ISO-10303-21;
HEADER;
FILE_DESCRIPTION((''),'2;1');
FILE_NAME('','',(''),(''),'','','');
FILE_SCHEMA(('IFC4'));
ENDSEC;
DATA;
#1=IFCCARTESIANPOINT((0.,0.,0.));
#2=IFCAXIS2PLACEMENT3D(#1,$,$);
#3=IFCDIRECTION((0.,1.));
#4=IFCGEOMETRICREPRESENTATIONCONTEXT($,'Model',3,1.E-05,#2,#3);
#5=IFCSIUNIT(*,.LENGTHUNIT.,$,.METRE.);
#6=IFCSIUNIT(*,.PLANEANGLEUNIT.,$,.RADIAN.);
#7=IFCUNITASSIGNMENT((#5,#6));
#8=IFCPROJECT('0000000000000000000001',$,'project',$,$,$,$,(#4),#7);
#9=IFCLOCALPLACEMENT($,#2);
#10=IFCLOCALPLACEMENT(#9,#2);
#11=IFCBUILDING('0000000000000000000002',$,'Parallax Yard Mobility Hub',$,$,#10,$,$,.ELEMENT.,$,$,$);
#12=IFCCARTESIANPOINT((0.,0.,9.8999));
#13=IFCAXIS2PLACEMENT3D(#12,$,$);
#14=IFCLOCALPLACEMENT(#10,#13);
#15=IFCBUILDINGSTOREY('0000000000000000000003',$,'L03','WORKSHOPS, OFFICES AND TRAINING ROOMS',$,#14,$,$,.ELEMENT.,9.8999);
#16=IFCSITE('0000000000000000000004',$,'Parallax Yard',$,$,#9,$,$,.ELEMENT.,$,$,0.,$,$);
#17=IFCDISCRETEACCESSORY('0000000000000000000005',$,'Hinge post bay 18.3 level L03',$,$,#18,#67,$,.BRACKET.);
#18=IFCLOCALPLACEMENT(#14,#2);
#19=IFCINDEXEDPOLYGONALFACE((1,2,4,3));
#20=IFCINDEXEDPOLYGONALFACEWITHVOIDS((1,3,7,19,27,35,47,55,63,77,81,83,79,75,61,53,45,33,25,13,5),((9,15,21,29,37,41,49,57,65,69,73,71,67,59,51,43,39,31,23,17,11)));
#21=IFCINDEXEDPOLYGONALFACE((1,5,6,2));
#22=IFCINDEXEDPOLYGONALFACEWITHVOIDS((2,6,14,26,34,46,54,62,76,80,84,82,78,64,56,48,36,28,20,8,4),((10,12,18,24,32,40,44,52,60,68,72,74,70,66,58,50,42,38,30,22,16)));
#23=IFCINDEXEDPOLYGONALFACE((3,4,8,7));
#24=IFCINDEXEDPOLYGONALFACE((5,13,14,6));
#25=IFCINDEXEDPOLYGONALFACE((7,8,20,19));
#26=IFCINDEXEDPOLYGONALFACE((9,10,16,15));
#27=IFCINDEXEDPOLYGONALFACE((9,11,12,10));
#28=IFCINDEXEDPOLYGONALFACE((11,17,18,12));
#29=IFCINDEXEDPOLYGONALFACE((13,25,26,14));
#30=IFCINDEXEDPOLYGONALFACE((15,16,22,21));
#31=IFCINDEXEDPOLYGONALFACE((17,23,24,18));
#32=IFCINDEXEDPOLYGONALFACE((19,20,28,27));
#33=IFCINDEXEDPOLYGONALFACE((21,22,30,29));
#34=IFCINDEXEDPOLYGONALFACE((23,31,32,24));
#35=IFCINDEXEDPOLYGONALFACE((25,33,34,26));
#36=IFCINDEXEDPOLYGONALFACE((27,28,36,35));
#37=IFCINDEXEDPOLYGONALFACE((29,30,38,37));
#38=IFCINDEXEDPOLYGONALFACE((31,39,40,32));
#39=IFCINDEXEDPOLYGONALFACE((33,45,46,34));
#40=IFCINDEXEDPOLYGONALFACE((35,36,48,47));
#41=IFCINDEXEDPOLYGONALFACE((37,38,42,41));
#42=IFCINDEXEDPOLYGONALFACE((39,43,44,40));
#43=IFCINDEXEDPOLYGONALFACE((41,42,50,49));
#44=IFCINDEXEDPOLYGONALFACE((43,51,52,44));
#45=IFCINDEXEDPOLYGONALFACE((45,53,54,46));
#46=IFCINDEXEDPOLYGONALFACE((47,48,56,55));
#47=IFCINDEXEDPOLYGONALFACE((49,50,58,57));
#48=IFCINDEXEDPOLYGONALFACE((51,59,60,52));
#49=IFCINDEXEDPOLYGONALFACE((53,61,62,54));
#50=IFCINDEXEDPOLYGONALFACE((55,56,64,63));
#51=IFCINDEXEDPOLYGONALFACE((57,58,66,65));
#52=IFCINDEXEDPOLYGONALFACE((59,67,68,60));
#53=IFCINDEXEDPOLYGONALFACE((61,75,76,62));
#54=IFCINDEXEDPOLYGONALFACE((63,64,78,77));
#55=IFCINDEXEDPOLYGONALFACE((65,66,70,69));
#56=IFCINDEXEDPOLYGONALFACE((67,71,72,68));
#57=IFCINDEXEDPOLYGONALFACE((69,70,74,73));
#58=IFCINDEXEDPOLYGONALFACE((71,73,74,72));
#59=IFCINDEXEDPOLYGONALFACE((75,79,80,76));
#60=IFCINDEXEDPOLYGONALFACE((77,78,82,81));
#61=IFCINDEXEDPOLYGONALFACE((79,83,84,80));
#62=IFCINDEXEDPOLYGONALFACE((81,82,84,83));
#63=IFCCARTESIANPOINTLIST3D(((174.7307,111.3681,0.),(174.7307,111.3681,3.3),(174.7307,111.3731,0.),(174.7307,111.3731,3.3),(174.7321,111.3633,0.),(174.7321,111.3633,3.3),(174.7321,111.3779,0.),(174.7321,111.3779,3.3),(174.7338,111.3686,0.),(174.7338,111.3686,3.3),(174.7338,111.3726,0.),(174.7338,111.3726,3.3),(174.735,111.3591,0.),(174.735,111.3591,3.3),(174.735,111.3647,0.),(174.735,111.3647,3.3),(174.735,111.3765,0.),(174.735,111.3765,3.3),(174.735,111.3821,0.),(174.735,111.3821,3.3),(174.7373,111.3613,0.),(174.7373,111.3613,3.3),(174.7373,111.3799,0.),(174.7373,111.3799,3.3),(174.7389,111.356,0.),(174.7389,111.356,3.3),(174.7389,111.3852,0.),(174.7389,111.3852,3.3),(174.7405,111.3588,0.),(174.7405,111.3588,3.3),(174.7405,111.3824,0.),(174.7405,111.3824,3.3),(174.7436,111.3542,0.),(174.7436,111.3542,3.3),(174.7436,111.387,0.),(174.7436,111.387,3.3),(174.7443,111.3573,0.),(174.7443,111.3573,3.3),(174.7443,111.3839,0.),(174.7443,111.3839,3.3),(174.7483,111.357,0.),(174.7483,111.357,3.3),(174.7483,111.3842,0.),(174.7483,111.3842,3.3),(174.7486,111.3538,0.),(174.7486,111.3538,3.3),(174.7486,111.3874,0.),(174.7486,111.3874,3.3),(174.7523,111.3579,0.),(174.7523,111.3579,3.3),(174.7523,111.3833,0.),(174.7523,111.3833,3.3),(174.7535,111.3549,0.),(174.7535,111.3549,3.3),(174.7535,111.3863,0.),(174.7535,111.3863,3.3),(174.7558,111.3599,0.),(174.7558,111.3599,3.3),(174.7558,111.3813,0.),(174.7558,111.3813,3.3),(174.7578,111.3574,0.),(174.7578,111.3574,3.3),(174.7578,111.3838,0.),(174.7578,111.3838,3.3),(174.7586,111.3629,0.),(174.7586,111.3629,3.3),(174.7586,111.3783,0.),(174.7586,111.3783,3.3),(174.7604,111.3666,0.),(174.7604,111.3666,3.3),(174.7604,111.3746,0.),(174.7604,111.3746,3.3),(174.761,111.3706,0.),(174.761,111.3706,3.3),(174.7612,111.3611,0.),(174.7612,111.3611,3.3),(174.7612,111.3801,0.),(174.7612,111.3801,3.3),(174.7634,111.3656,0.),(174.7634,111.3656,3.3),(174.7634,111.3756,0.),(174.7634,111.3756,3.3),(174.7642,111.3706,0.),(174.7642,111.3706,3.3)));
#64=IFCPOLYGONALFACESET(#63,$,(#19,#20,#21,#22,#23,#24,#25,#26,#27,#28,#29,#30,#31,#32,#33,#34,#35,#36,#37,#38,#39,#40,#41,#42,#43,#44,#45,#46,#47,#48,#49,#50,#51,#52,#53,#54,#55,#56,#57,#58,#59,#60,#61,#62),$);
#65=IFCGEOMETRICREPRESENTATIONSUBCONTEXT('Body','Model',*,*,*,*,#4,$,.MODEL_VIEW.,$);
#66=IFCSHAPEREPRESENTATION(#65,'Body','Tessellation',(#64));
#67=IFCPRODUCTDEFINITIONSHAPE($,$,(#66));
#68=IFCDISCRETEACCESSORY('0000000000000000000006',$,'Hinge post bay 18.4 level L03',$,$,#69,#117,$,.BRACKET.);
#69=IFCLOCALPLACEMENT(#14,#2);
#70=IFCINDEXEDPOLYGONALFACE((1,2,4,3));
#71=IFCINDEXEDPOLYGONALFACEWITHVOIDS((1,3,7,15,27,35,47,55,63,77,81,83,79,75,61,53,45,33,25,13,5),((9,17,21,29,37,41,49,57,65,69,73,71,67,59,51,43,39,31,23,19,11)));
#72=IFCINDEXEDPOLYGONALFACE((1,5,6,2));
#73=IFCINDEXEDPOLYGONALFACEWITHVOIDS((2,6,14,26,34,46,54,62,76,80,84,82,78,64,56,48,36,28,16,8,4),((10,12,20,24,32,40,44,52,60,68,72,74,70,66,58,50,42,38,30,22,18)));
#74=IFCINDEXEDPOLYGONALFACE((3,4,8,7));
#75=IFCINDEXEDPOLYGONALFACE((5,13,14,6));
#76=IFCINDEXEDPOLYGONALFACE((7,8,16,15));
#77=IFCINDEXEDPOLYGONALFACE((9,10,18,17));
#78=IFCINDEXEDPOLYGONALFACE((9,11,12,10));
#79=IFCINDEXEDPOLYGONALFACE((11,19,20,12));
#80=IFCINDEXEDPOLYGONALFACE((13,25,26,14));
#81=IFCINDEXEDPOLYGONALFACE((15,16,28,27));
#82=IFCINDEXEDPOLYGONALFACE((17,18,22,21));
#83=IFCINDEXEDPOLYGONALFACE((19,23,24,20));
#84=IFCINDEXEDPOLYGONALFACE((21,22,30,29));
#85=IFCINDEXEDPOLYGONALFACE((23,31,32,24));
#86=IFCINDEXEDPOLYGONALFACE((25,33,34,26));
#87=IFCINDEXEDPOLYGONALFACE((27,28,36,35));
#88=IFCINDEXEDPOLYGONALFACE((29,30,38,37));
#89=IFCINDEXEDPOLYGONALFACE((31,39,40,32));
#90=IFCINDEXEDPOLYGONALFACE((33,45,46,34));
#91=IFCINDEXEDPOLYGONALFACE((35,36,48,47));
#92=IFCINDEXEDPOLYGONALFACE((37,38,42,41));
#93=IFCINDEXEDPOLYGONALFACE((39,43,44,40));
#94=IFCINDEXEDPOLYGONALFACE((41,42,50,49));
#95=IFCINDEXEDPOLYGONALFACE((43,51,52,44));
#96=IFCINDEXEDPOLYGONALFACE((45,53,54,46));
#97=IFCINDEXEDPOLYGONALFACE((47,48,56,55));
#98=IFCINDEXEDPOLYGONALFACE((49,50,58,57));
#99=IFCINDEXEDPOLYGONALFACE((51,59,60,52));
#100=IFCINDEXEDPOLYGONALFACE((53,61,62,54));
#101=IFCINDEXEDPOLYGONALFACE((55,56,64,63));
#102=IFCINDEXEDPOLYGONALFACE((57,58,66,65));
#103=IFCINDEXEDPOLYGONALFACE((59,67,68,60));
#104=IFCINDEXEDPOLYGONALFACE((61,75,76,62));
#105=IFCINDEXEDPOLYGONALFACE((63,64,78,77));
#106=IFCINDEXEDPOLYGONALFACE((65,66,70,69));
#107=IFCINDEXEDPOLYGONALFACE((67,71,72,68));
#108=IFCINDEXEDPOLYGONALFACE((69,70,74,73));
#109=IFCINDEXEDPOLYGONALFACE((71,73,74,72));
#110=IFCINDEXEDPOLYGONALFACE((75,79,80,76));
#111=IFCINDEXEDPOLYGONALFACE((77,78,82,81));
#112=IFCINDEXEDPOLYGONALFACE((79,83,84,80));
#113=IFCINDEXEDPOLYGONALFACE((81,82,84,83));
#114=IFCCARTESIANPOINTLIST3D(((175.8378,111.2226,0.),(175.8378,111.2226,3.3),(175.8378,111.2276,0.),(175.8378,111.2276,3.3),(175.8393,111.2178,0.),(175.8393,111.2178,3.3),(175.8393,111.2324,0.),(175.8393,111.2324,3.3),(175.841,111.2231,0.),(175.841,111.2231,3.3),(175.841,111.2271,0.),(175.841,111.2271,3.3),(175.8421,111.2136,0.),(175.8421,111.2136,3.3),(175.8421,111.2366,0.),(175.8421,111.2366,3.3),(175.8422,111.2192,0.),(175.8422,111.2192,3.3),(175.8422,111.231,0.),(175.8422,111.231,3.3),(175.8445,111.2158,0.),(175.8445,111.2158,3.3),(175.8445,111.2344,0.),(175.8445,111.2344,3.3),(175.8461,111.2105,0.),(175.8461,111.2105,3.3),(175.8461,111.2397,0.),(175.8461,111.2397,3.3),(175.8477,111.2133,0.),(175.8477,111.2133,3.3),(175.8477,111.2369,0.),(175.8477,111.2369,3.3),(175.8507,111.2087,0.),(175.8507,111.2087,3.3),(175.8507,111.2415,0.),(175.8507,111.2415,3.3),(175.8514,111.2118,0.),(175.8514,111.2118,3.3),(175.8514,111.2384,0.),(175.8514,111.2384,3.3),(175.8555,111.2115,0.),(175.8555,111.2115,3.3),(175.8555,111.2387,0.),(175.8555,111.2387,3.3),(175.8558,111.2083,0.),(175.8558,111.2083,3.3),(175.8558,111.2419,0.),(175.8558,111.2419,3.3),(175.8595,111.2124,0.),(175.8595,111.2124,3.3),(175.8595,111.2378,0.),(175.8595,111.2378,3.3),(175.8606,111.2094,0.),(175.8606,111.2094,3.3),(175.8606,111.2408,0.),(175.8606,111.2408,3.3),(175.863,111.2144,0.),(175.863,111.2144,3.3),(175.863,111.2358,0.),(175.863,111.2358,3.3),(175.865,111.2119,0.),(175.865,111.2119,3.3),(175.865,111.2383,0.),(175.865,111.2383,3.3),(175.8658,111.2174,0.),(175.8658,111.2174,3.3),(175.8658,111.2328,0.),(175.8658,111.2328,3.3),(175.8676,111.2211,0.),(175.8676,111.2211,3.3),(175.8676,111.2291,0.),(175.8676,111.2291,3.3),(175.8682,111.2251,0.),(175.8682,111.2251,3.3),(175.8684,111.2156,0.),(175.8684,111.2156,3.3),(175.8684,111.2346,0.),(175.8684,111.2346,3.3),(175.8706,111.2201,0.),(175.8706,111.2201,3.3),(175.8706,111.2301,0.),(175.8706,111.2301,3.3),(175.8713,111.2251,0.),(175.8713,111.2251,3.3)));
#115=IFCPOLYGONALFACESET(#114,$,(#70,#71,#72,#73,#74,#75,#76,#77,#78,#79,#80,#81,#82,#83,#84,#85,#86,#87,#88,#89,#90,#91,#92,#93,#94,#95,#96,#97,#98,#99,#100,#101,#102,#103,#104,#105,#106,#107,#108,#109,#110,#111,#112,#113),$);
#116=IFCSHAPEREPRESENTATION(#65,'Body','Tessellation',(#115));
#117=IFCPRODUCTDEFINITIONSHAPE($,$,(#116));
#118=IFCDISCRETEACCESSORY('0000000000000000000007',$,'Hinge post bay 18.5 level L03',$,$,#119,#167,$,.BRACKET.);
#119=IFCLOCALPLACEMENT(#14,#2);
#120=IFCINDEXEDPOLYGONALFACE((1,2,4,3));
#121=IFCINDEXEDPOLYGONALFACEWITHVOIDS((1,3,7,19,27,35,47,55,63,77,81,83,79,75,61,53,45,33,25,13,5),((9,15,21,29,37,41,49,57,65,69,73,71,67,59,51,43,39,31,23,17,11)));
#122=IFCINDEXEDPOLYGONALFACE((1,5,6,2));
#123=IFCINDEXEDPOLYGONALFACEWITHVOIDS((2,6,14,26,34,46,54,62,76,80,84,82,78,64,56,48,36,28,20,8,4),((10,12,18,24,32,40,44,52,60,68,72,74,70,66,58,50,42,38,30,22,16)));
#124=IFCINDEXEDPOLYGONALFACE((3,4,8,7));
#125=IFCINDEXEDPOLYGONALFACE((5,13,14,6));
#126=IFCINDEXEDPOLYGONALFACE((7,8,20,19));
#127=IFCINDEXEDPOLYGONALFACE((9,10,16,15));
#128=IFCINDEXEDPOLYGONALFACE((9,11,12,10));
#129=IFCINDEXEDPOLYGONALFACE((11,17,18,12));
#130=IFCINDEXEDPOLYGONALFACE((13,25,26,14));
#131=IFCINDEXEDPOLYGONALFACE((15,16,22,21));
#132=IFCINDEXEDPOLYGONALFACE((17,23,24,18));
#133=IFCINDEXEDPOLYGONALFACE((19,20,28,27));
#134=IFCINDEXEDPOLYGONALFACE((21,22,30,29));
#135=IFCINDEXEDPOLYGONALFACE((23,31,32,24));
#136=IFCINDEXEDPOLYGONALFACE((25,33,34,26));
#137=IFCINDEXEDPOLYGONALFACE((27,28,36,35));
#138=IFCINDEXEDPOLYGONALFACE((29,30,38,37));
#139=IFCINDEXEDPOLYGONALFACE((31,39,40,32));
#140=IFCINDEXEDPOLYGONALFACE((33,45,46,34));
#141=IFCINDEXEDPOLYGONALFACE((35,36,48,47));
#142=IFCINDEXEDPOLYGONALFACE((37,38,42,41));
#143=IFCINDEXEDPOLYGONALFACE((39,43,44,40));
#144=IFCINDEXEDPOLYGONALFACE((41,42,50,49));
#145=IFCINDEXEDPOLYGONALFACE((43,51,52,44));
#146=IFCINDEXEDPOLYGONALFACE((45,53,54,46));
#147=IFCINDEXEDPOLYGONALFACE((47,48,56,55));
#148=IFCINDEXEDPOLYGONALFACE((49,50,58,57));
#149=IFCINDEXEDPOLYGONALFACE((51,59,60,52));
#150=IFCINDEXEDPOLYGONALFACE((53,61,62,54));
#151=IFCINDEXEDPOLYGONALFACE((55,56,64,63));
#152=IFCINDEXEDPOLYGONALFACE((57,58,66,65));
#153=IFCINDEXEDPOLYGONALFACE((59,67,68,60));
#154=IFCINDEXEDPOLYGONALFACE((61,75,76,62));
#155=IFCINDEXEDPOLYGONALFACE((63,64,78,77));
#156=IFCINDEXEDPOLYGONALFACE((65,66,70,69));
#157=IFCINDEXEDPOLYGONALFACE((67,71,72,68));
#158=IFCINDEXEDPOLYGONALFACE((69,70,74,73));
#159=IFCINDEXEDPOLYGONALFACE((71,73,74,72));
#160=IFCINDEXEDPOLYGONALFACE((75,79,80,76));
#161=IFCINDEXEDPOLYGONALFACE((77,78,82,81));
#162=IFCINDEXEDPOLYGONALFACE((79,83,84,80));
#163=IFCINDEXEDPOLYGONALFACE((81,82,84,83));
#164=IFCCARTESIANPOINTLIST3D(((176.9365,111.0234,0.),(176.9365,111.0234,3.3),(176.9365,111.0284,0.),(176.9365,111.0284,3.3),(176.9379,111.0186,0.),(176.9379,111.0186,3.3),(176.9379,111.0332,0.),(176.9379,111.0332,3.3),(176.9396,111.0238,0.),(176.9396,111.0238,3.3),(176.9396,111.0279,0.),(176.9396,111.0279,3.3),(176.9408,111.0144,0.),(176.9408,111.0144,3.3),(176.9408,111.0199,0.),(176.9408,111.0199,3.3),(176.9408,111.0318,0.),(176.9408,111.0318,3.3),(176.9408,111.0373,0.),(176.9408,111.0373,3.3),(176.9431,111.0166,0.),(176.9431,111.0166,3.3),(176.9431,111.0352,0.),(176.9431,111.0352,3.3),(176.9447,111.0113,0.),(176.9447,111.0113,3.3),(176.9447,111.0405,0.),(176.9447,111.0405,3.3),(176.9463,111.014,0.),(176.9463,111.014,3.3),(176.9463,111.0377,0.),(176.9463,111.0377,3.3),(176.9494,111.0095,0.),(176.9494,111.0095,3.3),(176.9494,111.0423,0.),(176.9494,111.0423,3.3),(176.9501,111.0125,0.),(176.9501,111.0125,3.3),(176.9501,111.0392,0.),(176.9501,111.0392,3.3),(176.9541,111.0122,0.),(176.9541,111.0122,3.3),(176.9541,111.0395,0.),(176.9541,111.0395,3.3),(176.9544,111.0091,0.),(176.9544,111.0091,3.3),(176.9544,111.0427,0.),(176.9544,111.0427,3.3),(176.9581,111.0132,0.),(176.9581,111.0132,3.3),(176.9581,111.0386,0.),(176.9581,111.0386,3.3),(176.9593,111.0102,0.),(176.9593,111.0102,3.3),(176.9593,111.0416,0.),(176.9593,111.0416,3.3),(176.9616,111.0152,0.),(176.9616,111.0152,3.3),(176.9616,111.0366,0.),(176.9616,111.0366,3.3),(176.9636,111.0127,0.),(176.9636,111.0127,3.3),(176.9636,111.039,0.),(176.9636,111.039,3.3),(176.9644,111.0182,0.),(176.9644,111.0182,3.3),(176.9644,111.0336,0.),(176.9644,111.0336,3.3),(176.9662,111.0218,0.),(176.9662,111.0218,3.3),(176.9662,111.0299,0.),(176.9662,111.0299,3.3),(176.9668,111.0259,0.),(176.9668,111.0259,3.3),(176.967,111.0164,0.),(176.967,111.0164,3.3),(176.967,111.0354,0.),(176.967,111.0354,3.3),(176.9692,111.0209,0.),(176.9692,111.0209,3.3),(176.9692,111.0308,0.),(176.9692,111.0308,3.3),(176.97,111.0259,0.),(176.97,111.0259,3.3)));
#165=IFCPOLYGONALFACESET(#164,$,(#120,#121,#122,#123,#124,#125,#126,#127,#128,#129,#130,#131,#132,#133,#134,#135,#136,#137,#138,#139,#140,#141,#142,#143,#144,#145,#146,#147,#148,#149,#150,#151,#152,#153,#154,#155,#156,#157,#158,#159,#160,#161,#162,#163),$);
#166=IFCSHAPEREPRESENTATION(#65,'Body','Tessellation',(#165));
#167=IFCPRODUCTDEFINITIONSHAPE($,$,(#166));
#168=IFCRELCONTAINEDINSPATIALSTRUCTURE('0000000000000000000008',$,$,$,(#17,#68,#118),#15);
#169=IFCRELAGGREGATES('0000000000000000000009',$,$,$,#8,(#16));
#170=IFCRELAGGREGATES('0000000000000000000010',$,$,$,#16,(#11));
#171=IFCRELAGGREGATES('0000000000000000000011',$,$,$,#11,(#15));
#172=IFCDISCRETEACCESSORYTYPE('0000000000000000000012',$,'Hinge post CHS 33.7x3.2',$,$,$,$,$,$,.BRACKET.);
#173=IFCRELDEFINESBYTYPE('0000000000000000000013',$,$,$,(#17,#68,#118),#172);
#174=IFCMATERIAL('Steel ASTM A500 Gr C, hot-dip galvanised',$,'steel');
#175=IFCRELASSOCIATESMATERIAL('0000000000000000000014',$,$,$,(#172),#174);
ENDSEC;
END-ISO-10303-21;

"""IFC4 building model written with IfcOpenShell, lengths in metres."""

from ifc_helpers import new_model, si_unit, direction, frame, origin, origin_2d, place, context, subcontext, project, spatial, hollow_circle, extrude, material, material_profile, profile_set, type_object, element, save


model = new_model("IFC4")

# Units and contexts
model_context = context("Model", 3, precision=1e-05, world=origin(), true_north=direction((0.0, 1.0)))
body_context = subcontext(model_context, "Body", "Model", "MODEL_VIEW")
ifc_project = project(units=[si_unit("LENGTHUNIT", "METRE"), si_unit("PLANEANGLEUNIT", "RADIAN")], contexts=[model_context])

# Site, building, storey
site_placement = place(None, origin())
site = spatial("IfcSite", under=ifc_project, at=site_placement, Name="Parallax Yard", CompositionType="ELEMENT", RefElevation=0.0)
building_placement = place(site_placement, origin())
building = spatial("IfcBuilding", under=site, at=building_placement, Name="Parallax Yard Mobility Hub", CompositionType="ELEMENT")
storey_placement = place(building_placement, frame((0.0, 0.0, 9.8999)))
storey = spatial("IfcBuildingStorey", under=building, at=storey_placement, Name="L03", Description="WORKSHOPS, OFFICES AND TRAINING ROOMS", CompositionType="ELEMENT", Elevation=9.8999)

# Discrete accessories
ifc_material_1 = material(Name="Steel ASTM A500 Gr C, hot-dip galvanised", Category="steel")
ifc_material_profile_1 = material_profile(ifc_material_1, hollow_circle(Radius=0.0168, WallThickness=0.0032, at=origin_2d()), Name="CHS 33.7x3.2")
ifc_profile_set_1 = profile_set([ifc_material_profile_1], Name="Steel ASTM A500 Gr C, hot-dip galvanised")
discrete_accessory_type_1 = type_object("IfcDiscreteAccessoryType", Name="Hinge post CHS 33.7x3.2", PredefinedType="BRACKET", material=ifc_profile_set_1)
for number, where, z_axis, x_axis, name in (
    (1, (174.7473, 111.3706, 0.0), (0.0, 0.0, 1.0), (1.0, 0.0, 0.0), "Hinge post bay 18.3 level L03"),
    (2, (175.8545, 111.2251, 0.0), (0.0, 0.0, 1.0), (1.0, 0.0, 0.0), "Hinge post bay 18.4 level L03"),
    (3, (176.9531, 111.0259, 0.0), (0.0, 0.0, 1.0), (1.0, 0.0, 0.0), "Hinge post bay 18.5 level L03"),
):
    element("IfcDiscreteAccessory", number, at=place(storey_placement, frame(where, z_axis=z_axis, x_axis=x_axis)), inside=storey, type_object=discrete_accessory_type_1, Name=name, PredefinedType="BRACKET", context=body_context, shape_type="SweptSolid", body=[
        extrude(hollow_circle(Radius=0.0168, WallThickness=0.0032, at=origin_2d()), origin(), (0.0, 0.0, 1.0), 3.3),
    ])

save(model, "model.ifc")
